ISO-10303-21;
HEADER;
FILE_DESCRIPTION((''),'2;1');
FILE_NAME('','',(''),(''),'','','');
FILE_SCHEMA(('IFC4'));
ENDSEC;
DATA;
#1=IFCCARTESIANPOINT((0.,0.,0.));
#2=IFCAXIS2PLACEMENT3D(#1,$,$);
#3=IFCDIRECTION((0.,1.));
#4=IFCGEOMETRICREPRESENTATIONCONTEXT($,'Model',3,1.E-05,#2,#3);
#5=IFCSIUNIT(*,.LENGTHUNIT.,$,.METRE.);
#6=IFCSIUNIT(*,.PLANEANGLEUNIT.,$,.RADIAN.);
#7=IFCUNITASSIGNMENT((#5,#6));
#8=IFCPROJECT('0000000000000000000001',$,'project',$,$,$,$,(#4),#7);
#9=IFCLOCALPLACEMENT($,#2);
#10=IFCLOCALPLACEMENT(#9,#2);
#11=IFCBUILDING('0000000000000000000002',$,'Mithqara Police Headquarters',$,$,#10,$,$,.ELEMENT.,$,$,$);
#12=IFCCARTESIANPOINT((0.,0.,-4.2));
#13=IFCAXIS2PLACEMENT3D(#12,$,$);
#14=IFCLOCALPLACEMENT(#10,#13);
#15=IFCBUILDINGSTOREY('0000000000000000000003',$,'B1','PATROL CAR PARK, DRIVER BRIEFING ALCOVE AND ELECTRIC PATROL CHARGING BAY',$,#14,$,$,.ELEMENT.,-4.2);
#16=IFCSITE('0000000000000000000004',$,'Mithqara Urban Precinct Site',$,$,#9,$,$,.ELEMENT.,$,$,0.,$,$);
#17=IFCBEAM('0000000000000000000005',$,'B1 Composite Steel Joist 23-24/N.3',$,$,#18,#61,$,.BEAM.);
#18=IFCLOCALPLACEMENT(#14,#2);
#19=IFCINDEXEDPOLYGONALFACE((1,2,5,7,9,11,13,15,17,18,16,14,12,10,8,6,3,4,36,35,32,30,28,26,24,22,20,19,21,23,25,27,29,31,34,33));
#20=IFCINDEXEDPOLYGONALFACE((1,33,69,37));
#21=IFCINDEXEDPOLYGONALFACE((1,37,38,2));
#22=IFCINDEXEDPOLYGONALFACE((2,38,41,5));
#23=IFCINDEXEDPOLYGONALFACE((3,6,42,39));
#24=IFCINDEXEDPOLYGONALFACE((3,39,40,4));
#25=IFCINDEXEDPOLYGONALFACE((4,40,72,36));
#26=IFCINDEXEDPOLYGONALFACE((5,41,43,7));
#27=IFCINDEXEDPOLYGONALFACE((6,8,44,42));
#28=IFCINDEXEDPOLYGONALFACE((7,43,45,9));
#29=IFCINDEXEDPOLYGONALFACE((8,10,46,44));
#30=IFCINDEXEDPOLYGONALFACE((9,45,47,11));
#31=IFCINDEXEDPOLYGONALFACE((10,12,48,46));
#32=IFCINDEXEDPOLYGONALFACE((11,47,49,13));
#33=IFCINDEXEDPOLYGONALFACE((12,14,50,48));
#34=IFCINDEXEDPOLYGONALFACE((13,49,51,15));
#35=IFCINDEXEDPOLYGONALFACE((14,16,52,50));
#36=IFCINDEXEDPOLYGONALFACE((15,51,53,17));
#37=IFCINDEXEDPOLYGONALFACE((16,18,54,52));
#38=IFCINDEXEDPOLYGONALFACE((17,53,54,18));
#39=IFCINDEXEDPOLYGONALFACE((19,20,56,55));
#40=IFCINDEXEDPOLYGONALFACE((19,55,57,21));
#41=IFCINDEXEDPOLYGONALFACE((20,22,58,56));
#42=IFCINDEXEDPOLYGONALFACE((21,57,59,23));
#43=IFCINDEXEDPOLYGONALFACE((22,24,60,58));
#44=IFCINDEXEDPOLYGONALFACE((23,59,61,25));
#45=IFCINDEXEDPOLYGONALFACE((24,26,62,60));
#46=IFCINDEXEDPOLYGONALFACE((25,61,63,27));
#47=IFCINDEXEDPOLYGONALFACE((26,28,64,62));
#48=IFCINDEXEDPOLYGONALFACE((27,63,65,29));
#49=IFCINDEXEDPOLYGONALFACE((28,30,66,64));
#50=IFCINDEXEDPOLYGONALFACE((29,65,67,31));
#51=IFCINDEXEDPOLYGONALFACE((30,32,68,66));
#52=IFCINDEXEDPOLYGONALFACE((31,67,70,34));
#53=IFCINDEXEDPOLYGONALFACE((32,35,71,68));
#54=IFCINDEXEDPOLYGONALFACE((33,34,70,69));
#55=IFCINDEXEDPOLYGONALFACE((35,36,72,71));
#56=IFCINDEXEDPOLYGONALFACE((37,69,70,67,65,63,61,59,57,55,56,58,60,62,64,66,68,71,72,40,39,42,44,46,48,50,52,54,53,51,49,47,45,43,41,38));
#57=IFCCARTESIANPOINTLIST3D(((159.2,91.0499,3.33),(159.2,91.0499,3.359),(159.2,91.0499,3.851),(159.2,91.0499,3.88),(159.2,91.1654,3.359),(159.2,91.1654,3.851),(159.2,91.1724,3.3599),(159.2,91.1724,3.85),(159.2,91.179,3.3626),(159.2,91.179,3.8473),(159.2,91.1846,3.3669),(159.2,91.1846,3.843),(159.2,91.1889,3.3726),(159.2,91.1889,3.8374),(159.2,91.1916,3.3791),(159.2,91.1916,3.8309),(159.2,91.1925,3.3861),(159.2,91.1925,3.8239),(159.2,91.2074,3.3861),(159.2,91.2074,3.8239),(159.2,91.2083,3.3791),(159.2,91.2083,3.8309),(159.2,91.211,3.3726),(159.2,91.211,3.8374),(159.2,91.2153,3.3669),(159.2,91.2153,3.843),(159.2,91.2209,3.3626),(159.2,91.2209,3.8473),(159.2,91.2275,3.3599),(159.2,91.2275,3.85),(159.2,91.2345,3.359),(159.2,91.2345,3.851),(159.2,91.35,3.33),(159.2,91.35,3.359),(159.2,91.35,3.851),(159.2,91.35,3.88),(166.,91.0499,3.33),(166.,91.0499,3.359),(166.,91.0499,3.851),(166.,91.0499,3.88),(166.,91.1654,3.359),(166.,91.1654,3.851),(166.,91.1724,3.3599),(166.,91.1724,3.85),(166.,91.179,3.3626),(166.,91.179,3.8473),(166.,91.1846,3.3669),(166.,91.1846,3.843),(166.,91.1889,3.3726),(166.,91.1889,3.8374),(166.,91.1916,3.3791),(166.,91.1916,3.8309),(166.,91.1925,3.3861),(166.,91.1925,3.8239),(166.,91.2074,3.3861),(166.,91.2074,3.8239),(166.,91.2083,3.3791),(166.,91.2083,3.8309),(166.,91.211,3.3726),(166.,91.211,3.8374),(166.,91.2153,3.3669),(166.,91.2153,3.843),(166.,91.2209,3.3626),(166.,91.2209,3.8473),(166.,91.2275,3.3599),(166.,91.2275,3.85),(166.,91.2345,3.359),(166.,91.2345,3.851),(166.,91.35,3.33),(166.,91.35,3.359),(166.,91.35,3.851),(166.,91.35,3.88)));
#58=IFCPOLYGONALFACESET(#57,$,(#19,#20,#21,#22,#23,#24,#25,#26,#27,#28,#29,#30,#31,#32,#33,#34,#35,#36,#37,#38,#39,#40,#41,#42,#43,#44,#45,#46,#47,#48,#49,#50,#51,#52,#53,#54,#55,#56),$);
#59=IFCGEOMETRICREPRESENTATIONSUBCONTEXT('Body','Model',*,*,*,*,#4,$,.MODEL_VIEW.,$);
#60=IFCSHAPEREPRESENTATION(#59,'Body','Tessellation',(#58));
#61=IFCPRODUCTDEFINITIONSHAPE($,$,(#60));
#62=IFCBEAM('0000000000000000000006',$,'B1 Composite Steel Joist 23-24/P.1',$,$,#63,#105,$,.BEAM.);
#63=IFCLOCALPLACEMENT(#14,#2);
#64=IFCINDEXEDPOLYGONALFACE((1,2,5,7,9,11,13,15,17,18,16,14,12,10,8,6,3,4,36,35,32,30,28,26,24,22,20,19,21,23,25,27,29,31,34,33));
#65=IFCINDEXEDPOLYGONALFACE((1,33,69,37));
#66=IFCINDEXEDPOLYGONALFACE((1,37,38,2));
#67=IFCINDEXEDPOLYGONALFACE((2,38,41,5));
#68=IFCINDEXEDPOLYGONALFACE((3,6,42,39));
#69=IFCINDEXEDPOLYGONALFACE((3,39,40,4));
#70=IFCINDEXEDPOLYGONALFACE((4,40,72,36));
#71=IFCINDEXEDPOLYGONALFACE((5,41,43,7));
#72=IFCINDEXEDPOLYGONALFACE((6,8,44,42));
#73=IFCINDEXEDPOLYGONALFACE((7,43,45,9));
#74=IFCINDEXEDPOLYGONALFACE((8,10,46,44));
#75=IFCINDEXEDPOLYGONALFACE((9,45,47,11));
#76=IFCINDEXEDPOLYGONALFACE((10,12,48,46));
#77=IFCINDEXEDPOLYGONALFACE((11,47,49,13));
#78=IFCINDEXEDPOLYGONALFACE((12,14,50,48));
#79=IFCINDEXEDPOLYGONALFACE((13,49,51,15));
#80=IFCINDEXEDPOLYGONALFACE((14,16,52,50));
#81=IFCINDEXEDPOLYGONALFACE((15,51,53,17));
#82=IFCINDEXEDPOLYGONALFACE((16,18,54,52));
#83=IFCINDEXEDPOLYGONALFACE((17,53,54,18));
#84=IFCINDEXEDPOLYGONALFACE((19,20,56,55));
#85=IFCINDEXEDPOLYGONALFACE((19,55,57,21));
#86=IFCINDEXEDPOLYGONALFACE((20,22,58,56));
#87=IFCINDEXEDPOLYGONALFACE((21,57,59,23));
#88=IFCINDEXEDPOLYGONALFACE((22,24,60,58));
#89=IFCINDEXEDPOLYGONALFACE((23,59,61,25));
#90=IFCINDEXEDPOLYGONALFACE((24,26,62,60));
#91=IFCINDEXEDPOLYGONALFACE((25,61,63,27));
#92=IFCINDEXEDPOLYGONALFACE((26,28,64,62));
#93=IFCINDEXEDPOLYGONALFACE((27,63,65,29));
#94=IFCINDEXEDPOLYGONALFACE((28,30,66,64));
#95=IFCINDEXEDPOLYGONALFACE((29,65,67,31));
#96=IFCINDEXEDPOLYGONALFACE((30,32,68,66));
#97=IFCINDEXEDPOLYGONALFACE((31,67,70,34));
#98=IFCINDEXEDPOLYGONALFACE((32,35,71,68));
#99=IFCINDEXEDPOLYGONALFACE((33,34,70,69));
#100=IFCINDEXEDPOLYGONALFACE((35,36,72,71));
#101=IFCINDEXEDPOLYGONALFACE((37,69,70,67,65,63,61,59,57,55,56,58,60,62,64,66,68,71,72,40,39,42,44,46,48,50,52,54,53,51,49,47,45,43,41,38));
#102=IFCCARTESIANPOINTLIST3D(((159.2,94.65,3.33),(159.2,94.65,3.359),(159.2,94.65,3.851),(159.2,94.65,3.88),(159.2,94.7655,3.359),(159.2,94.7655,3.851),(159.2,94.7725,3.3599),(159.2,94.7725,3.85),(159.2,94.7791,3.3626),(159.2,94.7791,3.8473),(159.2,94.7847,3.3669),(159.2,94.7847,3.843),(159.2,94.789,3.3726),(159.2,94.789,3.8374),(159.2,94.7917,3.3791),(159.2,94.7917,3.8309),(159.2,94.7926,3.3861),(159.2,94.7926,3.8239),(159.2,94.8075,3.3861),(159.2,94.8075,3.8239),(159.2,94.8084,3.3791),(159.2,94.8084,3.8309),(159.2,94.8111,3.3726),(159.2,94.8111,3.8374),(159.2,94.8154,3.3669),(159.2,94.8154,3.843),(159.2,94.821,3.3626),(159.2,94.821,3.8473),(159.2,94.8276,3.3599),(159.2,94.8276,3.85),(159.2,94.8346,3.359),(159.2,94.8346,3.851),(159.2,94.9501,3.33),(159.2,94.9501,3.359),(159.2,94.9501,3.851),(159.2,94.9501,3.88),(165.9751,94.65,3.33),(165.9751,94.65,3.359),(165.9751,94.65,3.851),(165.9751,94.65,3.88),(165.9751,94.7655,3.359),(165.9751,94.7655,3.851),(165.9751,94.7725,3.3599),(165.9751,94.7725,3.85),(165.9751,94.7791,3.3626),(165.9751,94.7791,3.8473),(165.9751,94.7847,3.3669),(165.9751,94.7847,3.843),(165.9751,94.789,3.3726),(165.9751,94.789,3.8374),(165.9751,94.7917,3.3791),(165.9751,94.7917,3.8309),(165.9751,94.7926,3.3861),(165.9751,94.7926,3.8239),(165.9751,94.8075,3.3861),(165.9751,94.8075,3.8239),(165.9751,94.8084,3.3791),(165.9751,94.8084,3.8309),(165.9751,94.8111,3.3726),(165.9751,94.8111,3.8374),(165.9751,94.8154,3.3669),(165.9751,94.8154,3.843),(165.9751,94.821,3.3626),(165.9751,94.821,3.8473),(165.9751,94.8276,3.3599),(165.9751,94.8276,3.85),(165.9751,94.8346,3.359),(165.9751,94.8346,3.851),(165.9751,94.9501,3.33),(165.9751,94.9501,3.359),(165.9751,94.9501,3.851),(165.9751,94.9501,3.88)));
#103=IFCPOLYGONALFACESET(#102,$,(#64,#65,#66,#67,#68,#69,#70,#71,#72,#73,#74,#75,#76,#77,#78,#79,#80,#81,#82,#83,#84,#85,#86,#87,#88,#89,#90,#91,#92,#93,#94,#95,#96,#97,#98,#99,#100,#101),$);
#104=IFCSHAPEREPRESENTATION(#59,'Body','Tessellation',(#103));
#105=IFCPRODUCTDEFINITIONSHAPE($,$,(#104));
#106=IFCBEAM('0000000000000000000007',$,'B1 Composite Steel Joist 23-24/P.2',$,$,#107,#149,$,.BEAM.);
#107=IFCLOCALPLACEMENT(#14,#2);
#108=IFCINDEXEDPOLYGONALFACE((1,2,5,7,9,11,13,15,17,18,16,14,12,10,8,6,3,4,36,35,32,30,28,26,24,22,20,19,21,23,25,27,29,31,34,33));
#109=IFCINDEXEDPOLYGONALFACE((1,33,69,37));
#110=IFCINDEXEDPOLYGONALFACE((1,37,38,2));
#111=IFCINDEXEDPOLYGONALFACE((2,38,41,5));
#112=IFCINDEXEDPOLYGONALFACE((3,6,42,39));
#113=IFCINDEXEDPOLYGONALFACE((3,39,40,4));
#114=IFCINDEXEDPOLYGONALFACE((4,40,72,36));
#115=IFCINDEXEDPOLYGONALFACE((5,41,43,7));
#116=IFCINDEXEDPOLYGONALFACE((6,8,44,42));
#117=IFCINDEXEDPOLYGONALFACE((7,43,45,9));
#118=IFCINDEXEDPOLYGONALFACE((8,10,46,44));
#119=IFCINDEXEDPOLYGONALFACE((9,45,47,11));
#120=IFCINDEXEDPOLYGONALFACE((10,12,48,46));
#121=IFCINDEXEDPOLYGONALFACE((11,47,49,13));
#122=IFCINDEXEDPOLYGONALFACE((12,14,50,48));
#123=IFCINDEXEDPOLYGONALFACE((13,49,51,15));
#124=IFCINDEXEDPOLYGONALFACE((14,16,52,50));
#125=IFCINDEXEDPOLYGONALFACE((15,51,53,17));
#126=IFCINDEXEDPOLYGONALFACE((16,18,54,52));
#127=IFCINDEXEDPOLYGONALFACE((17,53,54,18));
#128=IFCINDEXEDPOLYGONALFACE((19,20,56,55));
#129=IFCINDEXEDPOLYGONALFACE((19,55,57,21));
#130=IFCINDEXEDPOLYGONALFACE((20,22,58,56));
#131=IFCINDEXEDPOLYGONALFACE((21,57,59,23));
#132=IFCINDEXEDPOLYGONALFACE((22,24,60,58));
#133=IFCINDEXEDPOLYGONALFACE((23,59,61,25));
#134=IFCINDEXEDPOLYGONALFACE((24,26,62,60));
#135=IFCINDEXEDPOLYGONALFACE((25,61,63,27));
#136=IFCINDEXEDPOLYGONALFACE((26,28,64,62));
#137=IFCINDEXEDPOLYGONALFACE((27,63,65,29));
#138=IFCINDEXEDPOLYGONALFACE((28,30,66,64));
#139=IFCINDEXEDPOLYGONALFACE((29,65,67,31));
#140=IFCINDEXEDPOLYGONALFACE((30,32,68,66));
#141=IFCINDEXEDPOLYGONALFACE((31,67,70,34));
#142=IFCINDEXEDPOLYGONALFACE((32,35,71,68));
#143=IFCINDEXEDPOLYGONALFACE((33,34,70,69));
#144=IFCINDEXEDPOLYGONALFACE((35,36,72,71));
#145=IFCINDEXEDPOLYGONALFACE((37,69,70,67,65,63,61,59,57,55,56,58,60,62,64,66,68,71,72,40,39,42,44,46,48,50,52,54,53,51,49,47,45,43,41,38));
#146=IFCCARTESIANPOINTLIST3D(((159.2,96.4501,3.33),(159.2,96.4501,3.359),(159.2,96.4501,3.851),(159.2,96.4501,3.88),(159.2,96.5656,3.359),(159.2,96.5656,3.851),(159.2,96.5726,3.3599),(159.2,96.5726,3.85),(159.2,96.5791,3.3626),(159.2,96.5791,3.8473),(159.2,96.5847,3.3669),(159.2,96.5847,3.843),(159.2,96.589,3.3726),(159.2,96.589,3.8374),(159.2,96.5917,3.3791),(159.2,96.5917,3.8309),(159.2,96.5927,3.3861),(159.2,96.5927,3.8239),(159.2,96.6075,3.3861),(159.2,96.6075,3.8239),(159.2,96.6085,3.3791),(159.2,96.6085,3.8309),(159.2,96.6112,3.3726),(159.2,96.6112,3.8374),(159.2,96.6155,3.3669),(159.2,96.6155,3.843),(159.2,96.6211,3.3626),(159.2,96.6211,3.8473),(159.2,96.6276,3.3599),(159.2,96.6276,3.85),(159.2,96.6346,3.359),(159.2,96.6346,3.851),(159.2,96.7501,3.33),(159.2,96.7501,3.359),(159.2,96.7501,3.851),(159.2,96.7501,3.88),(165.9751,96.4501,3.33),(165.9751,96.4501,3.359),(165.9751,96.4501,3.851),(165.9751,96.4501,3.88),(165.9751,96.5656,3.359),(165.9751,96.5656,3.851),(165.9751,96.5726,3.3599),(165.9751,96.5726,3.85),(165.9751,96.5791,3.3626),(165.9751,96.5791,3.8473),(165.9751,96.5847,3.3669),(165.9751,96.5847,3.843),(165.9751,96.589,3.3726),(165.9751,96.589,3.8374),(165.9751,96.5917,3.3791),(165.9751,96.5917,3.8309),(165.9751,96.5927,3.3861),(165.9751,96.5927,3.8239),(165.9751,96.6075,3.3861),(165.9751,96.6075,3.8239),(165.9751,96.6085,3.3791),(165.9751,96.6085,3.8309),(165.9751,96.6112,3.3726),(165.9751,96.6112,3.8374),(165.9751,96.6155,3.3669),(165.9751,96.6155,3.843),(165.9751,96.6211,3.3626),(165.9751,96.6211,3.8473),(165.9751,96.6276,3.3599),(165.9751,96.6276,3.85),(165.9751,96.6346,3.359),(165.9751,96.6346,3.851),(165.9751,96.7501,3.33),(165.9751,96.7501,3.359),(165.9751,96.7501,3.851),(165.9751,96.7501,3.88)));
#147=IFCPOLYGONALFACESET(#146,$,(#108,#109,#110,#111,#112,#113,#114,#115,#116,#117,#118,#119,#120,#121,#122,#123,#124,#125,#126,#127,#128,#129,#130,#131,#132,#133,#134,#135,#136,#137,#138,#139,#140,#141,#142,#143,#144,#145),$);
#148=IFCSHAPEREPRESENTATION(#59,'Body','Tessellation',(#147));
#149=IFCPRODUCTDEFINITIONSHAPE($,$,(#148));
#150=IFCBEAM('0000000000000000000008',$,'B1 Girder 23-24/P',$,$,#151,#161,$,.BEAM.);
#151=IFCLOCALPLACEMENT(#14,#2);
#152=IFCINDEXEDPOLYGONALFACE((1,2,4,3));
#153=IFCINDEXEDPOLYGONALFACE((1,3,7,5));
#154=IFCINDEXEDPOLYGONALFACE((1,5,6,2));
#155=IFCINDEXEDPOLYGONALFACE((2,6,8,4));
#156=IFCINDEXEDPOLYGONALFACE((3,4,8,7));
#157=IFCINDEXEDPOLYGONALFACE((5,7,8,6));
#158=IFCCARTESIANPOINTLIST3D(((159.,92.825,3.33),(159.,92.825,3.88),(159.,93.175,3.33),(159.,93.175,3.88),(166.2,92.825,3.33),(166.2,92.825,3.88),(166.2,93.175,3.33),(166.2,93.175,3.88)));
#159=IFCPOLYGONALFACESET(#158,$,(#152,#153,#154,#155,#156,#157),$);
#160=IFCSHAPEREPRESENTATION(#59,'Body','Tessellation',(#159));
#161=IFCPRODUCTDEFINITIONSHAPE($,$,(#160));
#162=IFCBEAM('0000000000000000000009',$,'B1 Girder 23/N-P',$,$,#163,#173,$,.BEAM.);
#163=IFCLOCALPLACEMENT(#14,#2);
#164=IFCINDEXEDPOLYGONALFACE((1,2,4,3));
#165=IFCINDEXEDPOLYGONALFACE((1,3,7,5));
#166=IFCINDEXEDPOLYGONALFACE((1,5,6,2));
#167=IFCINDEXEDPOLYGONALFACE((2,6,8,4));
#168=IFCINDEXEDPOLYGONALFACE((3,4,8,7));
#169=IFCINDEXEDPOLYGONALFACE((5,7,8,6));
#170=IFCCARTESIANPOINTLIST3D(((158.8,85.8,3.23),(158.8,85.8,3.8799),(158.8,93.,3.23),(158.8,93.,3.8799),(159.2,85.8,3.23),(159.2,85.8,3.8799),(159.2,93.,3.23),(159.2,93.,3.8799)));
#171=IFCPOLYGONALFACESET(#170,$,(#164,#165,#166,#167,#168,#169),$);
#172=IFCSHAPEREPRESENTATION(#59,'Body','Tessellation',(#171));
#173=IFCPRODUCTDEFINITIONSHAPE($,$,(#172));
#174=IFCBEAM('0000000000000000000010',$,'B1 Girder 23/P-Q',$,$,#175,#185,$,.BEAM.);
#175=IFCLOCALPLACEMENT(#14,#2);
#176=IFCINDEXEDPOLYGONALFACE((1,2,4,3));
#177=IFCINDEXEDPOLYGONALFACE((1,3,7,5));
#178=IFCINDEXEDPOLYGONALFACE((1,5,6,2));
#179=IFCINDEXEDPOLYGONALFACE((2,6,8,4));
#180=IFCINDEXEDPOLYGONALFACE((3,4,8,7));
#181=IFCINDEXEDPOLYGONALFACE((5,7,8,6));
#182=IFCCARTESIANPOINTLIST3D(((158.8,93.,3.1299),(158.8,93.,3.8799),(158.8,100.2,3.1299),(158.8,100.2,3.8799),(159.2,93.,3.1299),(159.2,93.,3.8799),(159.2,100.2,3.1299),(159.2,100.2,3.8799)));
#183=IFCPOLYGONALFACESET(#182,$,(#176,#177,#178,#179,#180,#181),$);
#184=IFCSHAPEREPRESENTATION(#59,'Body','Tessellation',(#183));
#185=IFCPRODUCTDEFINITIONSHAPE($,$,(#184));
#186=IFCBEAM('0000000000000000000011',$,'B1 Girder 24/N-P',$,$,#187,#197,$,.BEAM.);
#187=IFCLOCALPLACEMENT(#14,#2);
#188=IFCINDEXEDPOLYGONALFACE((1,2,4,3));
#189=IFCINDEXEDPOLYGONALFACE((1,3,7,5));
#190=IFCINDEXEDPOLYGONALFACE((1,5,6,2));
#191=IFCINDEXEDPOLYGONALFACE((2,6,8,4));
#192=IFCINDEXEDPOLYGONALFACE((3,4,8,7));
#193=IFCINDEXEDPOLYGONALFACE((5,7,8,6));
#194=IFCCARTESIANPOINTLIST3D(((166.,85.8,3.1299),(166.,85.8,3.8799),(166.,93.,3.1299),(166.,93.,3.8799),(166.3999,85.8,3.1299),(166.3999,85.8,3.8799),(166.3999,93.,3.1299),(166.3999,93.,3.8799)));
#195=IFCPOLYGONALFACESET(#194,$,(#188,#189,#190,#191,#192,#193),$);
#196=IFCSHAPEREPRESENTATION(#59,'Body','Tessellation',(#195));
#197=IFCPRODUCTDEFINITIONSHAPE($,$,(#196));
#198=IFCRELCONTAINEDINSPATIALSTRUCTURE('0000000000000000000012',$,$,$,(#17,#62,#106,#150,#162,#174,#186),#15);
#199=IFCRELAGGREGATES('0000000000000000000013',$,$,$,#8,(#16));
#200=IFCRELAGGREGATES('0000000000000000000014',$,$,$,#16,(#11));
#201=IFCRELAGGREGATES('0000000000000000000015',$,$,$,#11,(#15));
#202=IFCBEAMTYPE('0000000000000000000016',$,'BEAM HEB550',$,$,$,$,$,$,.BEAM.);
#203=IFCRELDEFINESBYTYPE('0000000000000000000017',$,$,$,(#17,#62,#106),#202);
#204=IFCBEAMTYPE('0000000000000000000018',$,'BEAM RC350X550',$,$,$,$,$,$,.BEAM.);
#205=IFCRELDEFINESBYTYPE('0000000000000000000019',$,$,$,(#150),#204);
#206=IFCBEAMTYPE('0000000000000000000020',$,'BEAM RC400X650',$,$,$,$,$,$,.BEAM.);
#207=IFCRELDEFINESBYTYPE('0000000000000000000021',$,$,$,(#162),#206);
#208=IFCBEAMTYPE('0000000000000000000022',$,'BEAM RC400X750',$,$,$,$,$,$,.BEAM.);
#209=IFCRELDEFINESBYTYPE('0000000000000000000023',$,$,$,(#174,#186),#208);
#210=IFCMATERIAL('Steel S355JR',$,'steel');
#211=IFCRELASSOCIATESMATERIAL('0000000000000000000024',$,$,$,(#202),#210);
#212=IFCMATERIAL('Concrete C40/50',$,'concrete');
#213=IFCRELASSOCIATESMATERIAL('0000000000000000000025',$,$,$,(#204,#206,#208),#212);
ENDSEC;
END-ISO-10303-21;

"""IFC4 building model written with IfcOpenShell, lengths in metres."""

from ifc_helpers import new_model, si_unit, direction, frame, origin, origin_2d, place, context, subcontext, project, spatial, rectangle, i_section, extrude, material, material_profile, profile_set, type_object, element, save


model = new_model("IFC4")

# Units and contexts
model_context = context("Model", 3, precision=1e-05, world=origin(), true_north=direction((0.0, 1.0)))
body_context = subcontext(model_context, "Body", "Model", "MODEL_VIEW")
ifc_project = project(units=[si_unit("LENGTHUNIT", "METRE"), si_unit("PLANEANGLEUNIT", "RADIAN")], contexts=[model_context])

# Site, building, storey
site_placement = place(None, origin())
site = spatial("IfcSite", under=ifc_project, at=site_placement, Name="Mithqara Urban Precinct Site", CompositionType="ELEMENT", RefElevation=0.0)
building_placement = place(site_placement, origin())
building = spatial("IfcBuilding", under=site, at=building_placement, Name="Mithqara Police Headquarters", CompositionType="ELEMENT")
storey_placement = place(building_placement, frame((0.0, 0.0, -4.2)))
storey = spatial("IfcBuildingStorey", under=building, at=storey_placement, Name="B1", Description="PATROL CAR PARK, DRIVER BRIEFING ALCOVE AND ELECTRIC PATROL CHARGING BAY", CompositionType="ELEMENT", Elevation=-4.2)

# Shared definitions
ifc_material_1 = material(Name="Concrete C40/50", Category="concrete")

# Beams
ifc_material_2 = material(Name="Steel S355JR", Category="steel")
ifc_material_profile_1 = material_profile(ifc_material_2, i_section(OverallWidth=0.3, OverallDepth=0.55, WebThickness=0.0149, FlangeThickness=0.0291, FilletRadius=0.0271, at=origin_2d()), Name="HEB 550")
ifc_profile_set_1 = profile_set([ifc_material_profile_1], Name="Steel S355JR")
beam_type_1 = type_object("IfcBeamType", Name="BEAM HEB550", PredefinedType="BEAM", material=ifc_profile_set_1)
for number, where, z_axis, x_axis, name in (
    (1, (159.2, 91.2, 3.605), (1.0, 0.0, 0.0), (0.0, 1.0, 0.0), "B1 Composite Steel Joist 23-24/N.3"),
):
    element("IfcBeam", number, at=place(storey_placement, frame(where, z_axis=z_axis, x_axis=x_axis)), inside=storey, type_object=beam_type_1, Name=name, PredefinedType="BEAM", context=body_context, shape_type="SweptSolid", body=[
        extrude(i_section(OverallWidth=0.3, OverallDepth=0.55, WebThickness=0.0149, FlangeThickness=0.0291, FilletRadius=0.0271, at=origin_2d()), origin(), (0.0, 0.0, 1.0), 6.8),
    ])
for number, where, z_axis, x_axis, name in (
    (2, (159.2, 94.8, 3.605), (1.0, 0.0, 0.0), (0.0, 1.0, 0.0), "B1 Composite Steel Joist 23-24/P.1"),
    (3, (159.2, 96.6001, 3.605), (1.0, 0.0, 0.0), (0.0, 1.0, 0.0), "B1 Composite Steel Joist 23-24/P.2"),
):
    element("IfcBeam", number, at=place(storey_placement, frame(where, z_axis=z_axis, x_axis=x_axis)), inside=storey, type_object=beam_type_1, Name=name, PredefinedType="BEAM", context=body_context, shape_type="SweptSolid", body=[
        extrude(i_section(OverallWidth=0.3, OverallDepth=0.55, WebThickness=0.0149, FlangeThickness=0.0291, FilletRadius=0.0271, at=origin_2d()), origin(), (0.0, 0.0, 1.0), 6.7751),
    ])
ifc_material_profile_2 = material_profile(ifc_material_1, rectangle(XDim=0.3501, YDim=0.55, at=origin_2d()), Name="RC 350x550")
ifc_profile_set_2 = profile_set([ifc_material_profile_2], Name="Concrete C40/50")
beam_type_2 = type_object("IfcBeamType", Name="BEAM RC350X550", PredefinedType="BEAM", material=ifc_profile_set_2)
beam_1_placement = place(storey_placement, frame((159.0, 93.0, 3.605), z_axis=(1.0, 0.0, 0.0), x_axis=(0.0, 1.0, 0.0)))
element("IfcBeam", 4, at=beam_1_placement, inside=storey, type_object=beam_type_2, Name="B1 Girder 23-24/P", PredefinedType="BEAM", context=body_context, shape_type="SweptSolid", body=[
    extrude(rectangle(XDim=0.3501, YDim=0.55, at=origin_2d()), origin(), (0.0, 0.0, 1.0), 7.2),
])
ifc_material_profile_3 = material_profile(ifc_material_1, rectangle(XDim=0.3999, YDim=0.6499, at=origin_2d()), Name="RC 400x650")
ifc_profile_set_3 = profile_set([ifc_material_profile_3], Name="Concrete C40/50")
beam_type_3 = type_object("IfcBeamType", Name="BEAM RC400X650", PredefinedType="BEAM", material=ifc_profile_set_3)
beam_2_placement = place(storey_placement, frame((159.0, 85.8, 3.5549), z_axis=(0.0, 1.0, 0.0), x_axis=(-1.0, 0.0, 0.0)))
element("IfcBeam", 5, at=beam_2_placement, inside=storey, type_object=beam_type_3, Name="B1 Girder 23/N-P", PredefinedType="BEAM", context=body_context, shape_type="SweptSolid", body=[
    extrude(rectangle(XDim=0.3999, YDim=0.6499, at=origin_2d()), origin(), (0.0, 0.0, 1.0), 7.2),
])
ifc_material_profile_4 = material_profile(ifc_material_1, rectangle(XDim=0.3999, YDim=0.75, at=origin_2d()), Name="RC 400x750")
ifc_profile_set_4 = profile_set([ifc_material_profile_4], Name="Concrete C40/50")
beam_type_4 = type_object("IfcBeamType", Name="BEAM RC400X750", PredefinedType="BEAM", material=ifc_profile_set_4)
for number, where, z_axis, x_axis, name in (
    (6, (159.0, 93.0, 3.5049), (0.0, 1.0, 0.0), (-1.0, 0.0, 0.0), "B1 Girder 23/P-Q"),
    (7, (166.2, 85.8, 3.5049), (0.0, 1.0, 0.0), (-1.0, 0.0, 0.0), "B1 Girder 24/N-P"),
):
    element("IfcBeam", number, at=place(storey_placement, frame(where, z_axis=z_axis, x_axis=x_axis)), inside=storey, type_object=beam_type_4, Name=name, PredefinedType="BEAM", context=body_context, shape_type="SweptSolid", body=[
        extrude(rectangle(XDim=0.3999, YDim=0.75, at=origin_2d()), origin(), (0.0, 0.0, 1.0), 7.2),
    ])

save(model, "model.ifc")
